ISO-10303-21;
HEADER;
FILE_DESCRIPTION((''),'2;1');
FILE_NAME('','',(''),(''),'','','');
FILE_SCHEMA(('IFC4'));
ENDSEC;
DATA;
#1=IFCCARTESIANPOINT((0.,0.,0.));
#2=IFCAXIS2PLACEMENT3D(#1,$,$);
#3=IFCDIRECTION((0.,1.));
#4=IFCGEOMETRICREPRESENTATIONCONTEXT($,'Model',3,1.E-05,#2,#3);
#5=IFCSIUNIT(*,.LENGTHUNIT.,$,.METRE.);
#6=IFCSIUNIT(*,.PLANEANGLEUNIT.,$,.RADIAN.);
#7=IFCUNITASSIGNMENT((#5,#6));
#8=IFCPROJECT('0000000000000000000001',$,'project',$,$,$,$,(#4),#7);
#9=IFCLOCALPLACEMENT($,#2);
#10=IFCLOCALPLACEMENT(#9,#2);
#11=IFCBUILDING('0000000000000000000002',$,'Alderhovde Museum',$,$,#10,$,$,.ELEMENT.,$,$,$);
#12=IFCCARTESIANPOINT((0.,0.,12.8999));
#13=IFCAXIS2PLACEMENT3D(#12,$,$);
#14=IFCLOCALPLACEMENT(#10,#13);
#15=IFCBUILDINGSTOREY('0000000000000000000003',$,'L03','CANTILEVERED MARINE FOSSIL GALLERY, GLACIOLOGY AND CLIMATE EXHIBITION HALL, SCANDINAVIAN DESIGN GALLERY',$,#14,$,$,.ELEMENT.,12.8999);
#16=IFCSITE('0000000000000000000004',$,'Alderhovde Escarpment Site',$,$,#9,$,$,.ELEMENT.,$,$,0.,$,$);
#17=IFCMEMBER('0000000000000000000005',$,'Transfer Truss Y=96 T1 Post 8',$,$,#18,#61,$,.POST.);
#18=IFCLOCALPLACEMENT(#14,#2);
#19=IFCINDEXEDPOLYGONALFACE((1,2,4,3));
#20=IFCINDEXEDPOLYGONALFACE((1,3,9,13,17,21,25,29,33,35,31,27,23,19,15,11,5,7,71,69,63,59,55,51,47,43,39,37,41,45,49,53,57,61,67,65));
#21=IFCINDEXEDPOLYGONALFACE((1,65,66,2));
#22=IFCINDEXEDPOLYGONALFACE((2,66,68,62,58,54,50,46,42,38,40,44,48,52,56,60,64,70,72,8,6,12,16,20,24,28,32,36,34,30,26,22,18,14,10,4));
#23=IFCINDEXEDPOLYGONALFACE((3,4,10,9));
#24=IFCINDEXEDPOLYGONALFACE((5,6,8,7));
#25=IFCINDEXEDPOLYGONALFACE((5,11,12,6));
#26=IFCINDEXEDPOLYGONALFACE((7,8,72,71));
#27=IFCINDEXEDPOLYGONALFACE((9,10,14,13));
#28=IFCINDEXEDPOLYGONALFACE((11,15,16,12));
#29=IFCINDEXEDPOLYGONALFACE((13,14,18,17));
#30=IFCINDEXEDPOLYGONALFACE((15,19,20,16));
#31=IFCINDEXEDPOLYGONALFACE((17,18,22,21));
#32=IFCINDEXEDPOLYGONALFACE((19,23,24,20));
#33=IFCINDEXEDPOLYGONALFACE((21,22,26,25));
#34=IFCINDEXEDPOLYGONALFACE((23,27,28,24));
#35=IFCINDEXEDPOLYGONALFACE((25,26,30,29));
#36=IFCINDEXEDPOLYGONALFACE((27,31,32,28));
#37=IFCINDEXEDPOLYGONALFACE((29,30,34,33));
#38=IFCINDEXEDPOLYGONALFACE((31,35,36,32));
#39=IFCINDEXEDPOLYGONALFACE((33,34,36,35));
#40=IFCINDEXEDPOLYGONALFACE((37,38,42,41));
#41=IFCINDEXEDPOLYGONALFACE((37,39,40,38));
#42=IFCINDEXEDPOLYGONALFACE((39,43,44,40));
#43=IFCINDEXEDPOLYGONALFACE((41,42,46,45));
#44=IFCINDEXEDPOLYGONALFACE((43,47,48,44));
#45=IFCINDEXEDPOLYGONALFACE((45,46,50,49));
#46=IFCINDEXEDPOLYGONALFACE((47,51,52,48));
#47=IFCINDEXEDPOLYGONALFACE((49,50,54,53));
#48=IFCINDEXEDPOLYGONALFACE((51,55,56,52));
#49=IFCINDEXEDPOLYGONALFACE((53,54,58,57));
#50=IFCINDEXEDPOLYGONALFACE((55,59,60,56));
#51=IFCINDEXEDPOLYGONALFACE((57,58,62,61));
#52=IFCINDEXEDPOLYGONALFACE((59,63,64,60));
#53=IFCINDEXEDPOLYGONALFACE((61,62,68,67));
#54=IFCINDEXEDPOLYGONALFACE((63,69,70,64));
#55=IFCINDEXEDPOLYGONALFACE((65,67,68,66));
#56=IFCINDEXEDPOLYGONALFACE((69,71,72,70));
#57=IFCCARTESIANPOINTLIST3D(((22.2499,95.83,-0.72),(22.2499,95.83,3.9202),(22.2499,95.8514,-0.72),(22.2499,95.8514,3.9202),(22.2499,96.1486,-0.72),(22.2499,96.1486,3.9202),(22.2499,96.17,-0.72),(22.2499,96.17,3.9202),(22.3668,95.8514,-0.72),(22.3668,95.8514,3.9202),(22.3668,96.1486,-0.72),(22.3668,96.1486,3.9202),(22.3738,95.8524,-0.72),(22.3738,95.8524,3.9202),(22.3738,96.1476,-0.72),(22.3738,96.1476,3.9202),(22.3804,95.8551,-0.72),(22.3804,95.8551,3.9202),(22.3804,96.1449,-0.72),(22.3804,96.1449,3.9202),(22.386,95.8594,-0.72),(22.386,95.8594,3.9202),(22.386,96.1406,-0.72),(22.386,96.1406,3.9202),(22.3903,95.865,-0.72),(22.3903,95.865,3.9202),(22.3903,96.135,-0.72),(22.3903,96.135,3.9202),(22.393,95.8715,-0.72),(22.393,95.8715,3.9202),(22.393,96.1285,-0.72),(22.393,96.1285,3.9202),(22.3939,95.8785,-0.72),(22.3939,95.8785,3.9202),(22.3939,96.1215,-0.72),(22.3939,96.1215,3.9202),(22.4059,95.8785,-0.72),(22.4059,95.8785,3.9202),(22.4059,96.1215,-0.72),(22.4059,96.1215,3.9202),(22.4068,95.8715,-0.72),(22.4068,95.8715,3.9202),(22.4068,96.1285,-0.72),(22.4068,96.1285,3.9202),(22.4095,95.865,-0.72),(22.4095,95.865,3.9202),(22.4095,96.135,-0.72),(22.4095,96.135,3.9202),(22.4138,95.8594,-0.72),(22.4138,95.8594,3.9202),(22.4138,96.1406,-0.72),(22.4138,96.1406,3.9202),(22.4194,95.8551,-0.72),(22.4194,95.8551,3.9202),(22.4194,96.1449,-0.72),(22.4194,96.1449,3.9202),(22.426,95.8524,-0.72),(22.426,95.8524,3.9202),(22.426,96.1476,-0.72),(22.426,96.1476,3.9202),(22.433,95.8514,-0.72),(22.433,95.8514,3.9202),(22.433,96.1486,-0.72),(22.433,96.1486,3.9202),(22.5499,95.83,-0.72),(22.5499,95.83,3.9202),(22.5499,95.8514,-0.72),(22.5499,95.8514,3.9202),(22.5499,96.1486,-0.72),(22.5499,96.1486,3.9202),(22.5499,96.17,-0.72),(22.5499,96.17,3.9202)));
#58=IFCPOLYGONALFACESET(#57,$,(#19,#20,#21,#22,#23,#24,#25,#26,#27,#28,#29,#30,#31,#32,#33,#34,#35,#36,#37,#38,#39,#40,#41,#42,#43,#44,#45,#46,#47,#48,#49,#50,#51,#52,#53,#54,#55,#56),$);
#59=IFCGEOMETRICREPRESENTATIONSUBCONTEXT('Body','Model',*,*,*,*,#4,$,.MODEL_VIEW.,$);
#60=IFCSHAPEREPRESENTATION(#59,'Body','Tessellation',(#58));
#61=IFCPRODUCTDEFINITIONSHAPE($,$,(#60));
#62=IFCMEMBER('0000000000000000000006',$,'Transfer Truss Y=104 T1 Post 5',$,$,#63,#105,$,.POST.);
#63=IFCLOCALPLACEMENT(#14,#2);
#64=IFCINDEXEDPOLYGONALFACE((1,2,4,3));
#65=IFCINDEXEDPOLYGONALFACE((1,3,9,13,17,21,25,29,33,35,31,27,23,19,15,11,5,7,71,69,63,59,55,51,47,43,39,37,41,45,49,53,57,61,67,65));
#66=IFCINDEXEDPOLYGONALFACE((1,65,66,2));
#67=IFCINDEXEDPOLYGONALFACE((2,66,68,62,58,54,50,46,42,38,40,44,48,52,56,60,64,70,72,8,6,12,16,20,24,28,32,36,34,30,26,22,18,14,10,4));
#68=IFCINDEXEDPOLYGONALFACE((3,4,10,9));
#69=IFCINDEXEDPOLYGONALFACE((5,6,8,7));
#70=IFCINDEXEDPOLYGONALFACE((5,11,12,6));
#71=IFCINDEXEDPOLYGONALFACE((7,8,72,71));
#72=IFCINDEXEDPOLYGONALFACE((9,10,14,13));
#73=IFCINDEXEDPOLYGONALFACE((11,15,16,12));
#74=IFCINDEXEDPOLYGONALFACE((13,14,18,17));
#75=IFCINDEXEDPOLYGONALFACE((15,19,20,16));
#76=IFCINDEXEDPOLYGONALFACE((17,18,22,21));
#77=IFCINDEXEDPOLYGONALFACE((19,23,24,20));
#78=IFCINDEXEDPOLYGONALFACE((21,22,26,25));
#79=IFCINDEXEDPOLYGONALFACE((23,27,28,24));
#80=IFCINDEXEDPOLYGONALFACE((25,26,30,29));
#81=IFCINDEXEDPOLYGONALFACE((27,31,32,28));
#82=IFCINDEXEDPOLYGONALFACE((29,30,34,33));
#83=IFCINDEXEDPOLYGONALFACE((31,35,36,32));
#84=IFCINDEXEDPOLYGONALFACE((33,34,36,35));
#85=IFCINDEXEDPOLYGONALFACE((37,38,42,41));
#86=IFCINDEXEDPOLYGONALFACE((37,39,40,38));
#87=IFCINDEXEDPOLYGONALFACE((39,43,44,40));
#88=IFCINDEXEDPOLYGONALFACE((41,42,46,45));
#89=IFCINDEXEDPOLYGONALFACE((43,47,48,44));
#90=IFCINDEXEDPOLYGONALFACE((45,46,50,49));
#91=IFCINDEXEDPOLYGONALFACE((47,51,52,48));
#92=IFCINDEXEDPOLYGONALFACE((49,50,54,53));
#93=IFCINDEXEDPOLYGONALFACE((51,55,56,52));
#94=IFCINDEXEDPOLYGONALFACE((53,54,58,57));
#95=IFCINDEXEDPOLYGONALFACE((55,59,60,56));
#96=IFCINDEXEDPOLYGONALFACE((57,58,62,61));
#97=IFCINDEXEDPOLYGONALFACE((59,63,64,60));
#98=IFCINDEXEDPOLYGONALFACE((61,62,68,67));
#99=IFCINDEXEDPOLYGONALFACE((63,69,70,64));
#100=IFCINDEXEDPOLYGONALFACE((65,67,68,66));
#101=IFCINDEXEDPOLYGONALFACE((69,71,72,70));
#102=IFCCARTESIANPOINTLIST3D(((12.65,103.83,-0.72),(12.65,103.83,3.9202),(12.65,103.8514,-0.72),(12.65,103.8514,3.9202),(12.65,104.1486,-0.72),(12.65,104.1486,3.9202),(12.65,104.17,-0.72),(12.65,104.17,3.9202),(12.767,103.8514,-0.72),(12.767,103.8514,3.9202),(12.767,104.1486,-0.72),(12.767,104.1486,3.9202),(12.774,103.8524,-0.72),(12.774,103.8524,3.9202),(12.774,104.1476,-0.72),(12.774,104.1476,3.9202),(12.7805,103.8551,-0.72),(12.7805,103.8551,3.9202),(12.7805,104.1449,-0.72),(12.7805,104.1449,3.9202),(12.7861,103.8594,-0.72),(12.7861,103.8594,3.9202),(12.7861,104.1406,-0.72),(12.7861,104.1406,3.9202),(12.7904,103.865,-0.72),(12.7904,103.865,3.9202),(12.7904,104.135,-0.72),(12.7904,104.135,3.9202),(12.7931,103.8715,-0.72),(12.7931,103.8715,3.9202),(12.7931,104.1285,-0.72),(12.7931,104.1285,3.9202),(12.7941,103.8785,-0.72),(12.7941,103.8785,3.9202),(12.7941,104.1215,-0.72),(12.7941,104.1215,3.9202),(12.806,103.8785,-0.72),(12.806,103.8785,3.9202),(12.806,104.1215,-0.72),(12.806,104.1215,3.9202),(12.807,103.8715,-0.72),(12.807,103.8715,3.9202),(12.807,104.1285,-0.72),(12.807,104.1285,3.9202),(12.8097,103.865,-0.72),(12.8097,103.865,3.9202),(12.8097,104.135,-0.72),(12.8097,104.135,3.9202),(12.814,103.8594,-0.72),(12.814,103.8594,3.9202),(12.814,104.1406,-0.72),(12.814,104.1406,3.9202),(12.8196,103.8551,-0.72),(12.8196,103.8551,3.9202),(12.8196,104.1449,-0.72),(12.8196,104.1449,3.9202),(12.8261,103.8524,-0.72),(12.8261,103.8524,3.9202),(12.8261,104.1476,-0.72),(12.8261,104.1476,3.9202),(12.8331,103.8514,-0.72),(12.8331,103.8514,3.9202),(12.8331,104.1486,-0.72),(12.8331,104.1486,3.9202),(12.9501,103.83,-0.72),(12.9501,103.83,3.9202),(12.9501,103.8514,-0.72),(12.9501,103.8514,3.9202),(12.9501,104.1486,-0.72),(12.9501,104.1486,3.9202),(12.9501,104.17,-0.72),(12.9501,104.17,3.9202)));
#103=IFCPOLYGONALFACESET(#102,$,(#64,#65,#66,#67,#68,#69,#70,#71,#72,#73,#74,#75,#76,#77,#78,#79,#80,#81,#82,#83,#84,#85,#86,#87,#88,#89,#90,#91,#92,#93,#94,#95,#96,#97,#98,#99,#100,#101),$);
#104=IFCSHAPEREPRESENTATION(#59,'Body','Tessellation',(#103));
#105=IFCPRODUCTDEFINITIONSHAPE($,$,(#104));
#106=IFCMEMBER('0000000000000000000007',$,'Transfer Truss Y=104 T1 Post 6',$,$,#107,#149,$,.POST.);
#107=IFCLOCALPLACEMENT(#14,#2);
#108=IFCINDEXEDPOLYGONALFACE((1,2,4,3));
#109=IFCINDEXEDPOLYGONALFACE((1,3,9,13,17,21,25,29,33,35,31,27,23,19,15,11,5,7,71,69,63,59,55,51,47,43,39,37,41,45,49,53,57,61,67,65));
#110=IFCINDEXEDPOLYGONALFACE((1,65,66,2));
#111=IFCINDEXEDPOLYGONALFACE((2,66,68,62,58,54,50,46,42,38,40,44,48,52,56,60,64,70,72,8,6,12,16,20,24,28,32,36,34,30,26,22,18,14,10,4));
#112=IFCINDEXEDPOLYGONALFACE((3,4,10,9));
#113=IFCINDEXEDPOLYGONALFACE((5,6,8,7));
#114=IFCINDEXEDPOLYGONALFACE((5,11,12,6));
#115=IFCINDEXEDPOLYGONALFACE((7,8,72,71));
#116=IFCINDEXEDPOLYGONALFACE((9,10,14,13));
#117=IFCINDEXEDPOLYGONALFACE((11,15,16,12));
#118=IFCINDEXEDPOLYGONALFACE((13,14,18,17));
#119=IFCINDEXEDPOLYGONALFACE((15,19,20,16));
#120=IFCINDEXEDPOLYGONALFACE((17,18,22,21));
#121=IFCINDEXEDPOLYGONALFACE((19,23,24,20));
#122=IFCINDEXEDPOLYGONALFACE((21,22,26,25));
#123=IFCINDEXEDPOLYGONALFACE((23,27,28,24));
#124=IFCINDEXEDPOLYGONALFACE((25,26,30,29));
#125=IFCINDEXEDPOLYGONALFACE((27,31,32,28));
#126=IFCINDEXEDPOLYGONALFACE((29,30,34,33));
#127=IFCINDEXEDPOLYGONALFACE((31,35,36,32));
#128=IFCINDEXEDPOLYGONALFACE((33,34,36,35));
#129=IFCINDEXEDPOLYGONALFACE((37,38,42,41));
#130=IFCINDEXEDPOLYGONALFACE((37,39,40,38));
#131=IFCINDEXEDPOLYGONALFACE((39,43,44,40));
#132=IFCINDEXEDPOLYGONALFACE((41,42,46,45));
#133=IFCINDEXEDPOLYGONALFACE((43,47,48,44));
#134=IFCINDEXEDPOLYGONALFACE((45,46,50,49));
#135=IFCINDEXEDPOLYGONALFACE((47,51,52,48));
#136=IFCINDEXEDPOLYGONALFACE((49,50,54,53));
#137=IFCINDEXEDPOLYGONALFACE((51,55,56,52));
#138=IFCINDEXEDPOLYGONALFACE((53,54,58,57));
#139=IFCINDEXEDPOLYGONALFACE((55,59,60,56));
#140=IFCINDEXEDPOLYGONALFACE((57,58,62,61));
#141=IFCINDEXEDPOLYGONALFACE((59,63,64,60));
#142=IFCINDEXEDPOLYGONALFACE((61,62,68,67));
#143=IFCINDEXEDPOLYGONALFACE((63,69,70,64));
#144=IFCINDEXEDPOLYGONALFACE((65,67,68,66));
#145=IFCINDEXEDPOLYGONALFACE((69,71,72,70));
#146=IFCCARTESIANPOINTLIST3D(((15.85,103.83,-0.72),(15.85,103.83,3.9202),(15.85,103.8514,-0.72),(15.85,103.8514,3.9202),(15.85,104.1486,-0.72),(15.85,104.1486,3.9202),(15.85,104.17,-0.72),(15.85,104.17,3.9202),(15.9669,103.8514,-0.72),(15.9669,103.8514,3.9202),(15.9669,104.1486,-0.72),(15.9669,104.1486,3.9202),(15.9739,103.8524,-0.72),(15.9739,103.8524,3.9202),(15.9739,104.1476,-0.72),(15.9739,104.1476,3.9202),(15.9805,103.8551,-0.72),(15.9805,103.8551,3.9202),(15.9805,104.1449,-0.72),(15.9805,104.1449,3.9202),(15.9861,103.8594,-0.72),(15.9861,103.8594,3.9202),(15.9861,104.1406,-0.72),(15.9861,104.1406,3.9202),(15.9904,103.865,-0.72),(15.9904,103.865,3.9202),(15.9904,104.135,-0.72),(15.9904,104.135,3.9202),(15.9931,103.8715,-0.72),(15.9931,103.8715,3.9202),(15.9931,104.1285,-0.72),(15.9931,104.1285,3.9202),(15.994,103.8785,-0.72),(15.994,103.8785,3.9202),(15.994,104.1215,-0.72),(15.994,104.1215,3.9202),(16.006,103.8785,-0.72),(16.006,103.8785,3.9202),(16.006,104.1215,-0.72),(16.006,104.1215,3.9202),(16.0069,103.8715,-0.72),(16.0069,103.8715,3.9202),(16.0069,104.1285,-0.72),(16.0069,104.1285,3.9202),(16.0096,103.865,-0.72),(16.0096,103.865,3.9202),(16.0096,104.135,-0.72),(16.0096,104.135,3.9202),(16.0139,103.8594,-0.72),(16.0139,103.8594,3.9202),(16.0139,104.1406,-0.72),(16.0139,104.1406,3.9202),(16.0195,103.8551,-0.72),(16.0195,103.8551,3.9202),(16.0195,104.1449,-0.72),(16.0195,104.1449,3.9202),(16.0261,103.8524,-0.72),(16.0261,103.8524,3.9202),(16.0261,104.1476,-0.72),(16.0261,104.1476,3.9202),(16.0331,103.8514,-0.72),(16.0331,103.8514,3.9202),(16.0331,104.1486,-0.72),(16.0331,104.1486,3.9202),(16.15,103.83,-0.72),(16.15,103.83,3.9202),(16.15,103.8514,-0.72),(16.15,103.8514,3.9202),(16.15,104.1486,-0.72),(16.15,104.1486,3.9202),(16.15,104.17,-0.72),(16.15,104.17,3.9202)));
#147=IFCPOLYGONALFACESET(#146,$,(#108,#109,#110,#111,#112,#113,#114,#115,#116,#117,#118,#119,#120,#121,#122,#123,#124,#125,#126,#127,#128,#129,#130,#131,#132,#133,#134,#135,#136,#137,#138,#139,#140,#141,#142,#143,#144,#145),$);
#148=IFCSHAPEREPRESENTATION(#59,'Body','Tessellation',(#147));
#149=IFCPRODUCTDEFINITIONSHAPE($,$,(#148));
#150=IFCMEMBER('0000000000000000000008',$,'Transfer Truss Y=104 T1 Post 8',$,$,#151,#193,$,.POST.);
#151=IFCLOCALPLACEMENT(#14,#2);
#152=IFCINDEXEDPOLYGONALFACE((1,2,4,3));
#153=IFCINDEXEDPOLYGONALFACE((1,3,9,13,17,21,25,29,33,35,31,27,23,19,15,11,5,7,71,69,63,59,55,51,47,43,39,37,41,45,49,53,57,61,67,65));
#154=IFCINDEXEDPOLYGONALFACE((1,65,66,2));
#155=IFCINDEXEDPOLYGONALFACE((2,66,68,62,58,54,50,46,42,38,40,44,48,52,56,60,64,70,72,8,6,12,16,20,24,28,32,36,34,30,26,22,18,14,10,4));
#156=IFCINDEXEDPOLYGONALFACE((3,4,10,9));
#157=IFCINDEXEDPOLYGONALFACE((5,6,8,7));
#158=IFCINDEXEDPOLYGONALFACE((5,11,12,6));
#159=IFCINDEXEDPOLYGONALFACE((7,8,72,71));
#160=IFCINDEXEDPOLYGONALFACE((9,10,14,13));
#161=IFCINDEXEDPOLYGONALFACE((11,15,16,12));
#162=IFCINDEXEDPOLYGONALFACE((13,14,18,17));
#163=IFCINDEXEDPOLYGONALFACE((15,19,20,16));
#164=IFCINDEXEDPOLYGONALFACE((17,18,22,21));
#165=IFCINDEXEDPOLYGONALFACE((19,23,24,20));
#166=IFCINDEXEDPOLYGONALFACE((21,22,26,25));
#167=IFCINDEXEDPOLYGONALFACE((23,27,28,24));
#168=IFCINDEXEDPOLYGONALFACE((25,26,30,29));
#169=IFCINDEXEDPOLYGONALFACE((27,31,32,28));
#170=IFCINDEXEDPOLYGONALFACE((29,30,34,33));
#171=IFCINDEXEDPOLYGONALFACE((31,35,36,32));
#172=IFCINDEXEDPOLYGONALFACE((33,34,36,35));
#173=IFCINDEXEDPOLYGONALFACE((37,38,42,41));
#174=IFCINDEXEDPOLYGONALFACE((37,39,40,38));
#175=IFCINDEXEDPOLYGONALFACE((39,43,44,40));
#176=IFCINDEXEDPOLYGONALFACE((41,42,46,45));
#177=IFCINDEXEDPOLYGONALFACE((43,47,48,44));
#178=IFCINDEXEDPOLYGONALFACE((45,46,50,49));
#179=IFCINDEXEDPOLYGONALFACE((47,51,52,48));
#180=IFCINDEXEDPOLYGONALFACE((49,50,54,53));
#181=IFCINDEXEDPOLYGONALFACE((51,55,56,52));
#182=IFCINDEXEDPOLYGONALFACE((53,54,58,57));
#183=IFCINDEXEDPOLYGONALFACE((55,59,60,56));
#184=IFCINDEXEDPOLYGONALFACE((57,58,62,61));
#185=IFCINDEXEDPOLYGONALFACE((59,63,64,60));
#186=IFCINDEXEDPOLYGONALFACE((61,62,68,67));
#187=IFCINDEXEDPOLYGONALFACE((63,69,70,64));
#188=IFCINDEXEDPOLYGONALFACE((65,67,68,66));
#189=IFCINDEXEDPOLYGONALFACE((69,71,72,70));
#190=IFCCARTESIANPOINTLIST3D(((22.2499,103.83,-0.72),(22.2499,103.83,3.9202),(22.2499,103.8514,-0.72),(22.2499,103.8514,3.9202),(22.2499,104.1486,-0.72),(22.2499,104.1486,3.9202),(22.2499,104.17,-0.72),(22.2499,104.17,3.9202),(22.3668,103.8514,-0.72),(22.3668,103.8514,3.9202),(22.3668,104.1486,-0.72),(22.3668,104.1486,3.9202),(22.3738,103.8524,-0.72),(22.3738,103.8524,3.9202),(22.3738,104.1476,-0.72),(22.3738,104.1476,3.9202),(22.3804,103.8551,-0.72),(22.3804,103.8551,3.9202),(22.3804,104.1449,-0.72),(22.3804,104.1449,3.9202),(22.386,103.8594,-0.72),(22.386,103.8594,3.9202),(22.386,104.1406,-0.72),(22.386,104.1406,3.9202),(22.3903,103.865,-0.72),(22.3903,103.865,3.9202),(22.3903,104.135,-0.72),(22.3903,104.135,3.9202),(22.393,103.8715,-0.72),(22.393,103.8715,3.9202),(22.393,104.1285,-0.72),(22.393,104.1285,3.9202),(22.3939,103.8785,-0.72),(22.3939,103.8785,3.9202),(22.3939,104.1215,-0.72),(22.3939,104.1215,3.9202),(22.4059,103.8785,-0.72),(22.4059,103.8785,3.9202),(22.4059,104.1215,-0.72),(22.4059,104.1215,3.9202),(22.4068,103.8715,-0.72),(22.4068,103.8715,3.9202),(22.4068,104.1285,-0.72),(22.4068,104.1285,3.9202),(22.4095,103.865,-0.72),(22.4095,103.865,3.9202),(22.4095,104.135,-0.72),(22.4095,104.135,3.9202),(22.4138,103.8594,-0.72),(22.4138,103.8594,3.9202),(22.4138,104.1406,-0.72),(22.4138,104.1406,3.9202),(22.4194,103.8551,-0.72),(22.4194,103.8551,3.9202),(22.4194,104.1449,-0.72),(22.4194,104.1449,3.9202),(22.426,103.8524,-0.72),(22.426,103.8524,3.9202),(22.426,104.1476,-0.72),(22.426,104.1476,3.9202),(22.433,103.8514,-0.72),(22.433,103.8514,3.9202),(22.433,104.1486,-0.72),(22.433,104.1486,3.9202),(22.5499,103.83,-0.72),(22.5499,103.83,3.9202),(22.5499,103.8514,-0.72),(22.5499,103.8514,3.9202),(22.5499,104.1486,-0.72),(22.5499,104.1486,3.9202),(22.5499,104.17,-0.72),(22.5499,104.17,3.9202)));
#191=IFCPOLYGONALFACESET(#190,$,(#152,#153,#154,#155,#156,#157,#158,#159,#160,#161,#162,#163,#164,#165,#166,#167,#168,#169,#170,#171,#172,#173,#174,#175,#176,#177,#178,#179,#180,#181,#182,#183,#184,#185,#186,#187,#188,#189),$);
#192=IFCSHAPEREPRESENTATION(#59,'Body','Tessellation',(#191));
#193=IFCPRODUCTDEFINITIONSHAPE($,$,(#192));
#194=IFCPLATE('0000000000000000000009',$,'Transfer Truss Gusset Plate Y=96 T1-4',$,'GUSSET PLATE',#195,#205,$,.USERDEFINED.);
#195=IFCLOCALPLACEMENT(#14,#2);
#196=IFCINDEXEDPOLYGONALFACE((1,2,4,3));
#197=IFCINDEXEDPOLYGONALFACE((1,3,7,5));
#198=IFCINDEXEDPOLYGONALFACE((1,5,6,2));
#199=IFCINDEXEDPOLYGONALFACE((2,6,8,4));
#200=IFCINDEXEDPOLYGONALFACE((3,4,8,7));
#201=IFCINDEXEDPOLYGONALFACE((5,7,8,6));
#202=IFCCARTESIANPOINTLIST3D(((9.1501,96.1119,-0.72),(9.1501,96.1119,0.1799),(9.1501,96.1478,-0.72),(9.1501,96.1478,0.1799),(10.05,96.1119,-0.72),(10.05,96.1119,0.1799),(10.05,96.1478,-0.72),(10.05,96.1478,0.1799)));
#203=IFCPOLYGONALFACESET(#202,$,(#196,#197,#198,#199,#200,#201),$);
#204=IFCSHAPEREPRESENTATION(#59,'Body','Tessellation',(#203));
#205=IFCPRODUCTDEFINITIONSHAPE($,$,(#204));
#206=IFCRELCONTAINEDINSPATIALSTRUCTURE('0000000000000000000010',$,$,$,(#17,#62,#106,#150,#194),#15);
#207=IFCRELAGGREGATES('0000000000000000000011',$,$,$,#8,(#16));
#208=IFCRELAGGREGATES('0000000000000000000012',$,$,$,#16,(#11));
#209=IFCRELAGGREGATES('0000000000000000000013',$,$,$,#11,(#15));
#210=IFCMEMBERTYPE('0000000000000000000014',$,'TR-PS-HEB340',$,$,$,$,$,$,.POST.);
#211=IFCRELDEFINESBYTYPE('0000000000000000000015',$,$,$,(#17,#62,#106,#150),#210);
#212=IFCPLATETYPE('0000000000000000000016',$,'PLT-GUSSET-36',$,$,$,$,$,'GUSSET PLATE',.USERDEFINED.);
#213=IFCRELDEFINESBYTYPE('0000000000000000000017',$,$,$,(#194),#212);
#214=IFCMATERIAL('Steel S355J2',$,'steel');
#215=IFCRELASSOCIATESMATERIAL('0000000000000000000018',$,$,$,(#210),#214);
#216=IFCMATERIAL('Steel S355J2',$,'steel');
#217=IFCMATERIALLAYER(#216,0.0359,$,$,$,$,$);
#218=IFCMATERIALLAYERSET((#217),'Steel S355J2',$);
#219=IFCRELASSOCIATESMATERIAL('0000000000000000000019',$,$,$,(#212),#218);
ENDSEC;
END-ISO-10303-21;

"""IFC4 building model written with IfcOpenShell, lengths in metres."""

from ifc_helpers import new_model, si_unit, direction, frame, origin, origin_2d, place, context, subcontext, project, spatial, rectangle, i_section, extrude, material, layer, layer_set, material_profile, profile_set, type_object, element, save


model = new_model("IFC4")

# Units and contexts
model_context = context("Model", 3, precision=1e-05, world=origin(), true_north=direction((0.0, 1.0)))
body_context = subcontext(model_context, "Body", "Model", "MODEL_VIEW")
ifc_project = project(units=[si_unit("LENGTHUNIT", "METRE"), si_unit("PLANEANGLEUNIT", "RADIAN")], contexts=[model_context])

# Site, building, storey
site_placement = place(None, origin())
site = spatial("IfcSite", under=ifc_project, at=site_placement, Name="Alderhovde Escarpment Site", CompositionType="ELEMENT", RefElevation=0.0)
building_placement = place(site_placement, origin())
building = spatial("IfcBuilding", under=site, at=building_placement, Name="Alderhovde Museum", CompositionType="ELEMENT")
storey_placement = place(building_placement, frame((0.0, 0.0, 12.8999)))
storey = spatial("IfcBuildingStorey", under=building, at=storey_placement, Name="L03", Description="CANTILEVERED MARINE FOSSIL GALLERY, GLACIOLOGY AND CLIMATE EXHIBITION HALL, SCANDINAVIAN DESIGN GALLERY", CompositionType="ELEMENT", Elevation=12.8999)

# Members
ifc_material_1 = material(Name="Steel S355J2", Category="steel")
ifc_material_profile_1 = material_profile(ifc_material_1, i_section(OverallWidth=0.3, OverallDepth=0.3401, WebThickness=0.012, FlangeThickness=0.0215, FilletRadius=0.0271, at=origin_2d()), Name="HEB 340")
ifc_profile_set_1 = profile_set([ifc_material_profile_1], Name="Steel S355J2")
member_type_1 = type_object("IfcMemberType", Name="TR-PS-HEB340", PredefinedType="POST", material=ifc_profile_set_1)
for number, where, z_axis, x_axis, name in (
    (1, (22.3999, 96.0, -0.72), (0.0, 0.0, 1.0), (1.0, 0.0, 0.0), "Transfer Truss Y=96 T1 Post 8"),
    (2, (12.8, 104.0, -0.72), (0.0, 0.0, 1.0), (1.0, 0.0, 0.0), "Transfer Truss Y=104 T1 Post 5"),
    (3, (16.0, 104.0, -0.72), (0.0, 0.0, 1.0), (1.0, 0.0, 0.0), "Transfer Truss Y=104 T1 Post 6"),
    (4, (22.3999, 104.0, -0.72), (0.0, 0.0, 1.0), (1.0, 0.0, 0.0), "Transfer Truss Y=104 T1 Post 8"),
):
    element("IfcMember", number, at=place(storey_placement, frame(where, z_axis=z_axis, x_axis=x_axis)), inside=storey, type_object=member_type_1, Name=name, PredefinedType="POST", context=body_context, shape_type="SweptSolid", body=[
        extrude(i_section(OverallWidth=0.3, OverallDepth=0.3401, WebThickness=0.012, FlangeThickness=0.0215, FilletRadius=0.0271, at=origin_2d()), origin(), (0.0, 0.0, 1.0), 4.6401),
    ])

# Plate
ifc_material_2 = material(Name="Steel S355J2", Category="steel")
ifc_layer = layer(ifc_material_2, 0.0359)
ifc_layer_set = layer_set([ifc_layer], Name="Steel S355J2")
plate_type = type_object("IfcPlateType", Name="PLT-GUSSET-36", ElementType="GUSSET PLATE", PredefinedType="USERDEFINED", material=ifc_layer_set)
for number, where, z_axis, x_axis, name in (
    (5, (9.6001, 96.1299, -0.72), (0.0, 0.0, 1.0), (1.0, 0.0, 0.0), "Transfer Truss Gusset Plate Y=96 T1-4"),
):
    element("IfcPlate", number, at=place(storey_placement, frame(where, z_axis=z_axis, x_axis=x_axis)), inside=storey, type_object=plate_type, Name=name, ObjectType="GUSSET PLATE", PredefinedType="USERDEFINED", context=body_context, shape_type="SweptSolid", body=[
        extrude(rectangle(XDim=0.8999, YDim=0.0359, at=origin_2d()), origin(), (0.0, 0.0, 1.0), 0.8999),
    ])

save(model, "model.ifc")
